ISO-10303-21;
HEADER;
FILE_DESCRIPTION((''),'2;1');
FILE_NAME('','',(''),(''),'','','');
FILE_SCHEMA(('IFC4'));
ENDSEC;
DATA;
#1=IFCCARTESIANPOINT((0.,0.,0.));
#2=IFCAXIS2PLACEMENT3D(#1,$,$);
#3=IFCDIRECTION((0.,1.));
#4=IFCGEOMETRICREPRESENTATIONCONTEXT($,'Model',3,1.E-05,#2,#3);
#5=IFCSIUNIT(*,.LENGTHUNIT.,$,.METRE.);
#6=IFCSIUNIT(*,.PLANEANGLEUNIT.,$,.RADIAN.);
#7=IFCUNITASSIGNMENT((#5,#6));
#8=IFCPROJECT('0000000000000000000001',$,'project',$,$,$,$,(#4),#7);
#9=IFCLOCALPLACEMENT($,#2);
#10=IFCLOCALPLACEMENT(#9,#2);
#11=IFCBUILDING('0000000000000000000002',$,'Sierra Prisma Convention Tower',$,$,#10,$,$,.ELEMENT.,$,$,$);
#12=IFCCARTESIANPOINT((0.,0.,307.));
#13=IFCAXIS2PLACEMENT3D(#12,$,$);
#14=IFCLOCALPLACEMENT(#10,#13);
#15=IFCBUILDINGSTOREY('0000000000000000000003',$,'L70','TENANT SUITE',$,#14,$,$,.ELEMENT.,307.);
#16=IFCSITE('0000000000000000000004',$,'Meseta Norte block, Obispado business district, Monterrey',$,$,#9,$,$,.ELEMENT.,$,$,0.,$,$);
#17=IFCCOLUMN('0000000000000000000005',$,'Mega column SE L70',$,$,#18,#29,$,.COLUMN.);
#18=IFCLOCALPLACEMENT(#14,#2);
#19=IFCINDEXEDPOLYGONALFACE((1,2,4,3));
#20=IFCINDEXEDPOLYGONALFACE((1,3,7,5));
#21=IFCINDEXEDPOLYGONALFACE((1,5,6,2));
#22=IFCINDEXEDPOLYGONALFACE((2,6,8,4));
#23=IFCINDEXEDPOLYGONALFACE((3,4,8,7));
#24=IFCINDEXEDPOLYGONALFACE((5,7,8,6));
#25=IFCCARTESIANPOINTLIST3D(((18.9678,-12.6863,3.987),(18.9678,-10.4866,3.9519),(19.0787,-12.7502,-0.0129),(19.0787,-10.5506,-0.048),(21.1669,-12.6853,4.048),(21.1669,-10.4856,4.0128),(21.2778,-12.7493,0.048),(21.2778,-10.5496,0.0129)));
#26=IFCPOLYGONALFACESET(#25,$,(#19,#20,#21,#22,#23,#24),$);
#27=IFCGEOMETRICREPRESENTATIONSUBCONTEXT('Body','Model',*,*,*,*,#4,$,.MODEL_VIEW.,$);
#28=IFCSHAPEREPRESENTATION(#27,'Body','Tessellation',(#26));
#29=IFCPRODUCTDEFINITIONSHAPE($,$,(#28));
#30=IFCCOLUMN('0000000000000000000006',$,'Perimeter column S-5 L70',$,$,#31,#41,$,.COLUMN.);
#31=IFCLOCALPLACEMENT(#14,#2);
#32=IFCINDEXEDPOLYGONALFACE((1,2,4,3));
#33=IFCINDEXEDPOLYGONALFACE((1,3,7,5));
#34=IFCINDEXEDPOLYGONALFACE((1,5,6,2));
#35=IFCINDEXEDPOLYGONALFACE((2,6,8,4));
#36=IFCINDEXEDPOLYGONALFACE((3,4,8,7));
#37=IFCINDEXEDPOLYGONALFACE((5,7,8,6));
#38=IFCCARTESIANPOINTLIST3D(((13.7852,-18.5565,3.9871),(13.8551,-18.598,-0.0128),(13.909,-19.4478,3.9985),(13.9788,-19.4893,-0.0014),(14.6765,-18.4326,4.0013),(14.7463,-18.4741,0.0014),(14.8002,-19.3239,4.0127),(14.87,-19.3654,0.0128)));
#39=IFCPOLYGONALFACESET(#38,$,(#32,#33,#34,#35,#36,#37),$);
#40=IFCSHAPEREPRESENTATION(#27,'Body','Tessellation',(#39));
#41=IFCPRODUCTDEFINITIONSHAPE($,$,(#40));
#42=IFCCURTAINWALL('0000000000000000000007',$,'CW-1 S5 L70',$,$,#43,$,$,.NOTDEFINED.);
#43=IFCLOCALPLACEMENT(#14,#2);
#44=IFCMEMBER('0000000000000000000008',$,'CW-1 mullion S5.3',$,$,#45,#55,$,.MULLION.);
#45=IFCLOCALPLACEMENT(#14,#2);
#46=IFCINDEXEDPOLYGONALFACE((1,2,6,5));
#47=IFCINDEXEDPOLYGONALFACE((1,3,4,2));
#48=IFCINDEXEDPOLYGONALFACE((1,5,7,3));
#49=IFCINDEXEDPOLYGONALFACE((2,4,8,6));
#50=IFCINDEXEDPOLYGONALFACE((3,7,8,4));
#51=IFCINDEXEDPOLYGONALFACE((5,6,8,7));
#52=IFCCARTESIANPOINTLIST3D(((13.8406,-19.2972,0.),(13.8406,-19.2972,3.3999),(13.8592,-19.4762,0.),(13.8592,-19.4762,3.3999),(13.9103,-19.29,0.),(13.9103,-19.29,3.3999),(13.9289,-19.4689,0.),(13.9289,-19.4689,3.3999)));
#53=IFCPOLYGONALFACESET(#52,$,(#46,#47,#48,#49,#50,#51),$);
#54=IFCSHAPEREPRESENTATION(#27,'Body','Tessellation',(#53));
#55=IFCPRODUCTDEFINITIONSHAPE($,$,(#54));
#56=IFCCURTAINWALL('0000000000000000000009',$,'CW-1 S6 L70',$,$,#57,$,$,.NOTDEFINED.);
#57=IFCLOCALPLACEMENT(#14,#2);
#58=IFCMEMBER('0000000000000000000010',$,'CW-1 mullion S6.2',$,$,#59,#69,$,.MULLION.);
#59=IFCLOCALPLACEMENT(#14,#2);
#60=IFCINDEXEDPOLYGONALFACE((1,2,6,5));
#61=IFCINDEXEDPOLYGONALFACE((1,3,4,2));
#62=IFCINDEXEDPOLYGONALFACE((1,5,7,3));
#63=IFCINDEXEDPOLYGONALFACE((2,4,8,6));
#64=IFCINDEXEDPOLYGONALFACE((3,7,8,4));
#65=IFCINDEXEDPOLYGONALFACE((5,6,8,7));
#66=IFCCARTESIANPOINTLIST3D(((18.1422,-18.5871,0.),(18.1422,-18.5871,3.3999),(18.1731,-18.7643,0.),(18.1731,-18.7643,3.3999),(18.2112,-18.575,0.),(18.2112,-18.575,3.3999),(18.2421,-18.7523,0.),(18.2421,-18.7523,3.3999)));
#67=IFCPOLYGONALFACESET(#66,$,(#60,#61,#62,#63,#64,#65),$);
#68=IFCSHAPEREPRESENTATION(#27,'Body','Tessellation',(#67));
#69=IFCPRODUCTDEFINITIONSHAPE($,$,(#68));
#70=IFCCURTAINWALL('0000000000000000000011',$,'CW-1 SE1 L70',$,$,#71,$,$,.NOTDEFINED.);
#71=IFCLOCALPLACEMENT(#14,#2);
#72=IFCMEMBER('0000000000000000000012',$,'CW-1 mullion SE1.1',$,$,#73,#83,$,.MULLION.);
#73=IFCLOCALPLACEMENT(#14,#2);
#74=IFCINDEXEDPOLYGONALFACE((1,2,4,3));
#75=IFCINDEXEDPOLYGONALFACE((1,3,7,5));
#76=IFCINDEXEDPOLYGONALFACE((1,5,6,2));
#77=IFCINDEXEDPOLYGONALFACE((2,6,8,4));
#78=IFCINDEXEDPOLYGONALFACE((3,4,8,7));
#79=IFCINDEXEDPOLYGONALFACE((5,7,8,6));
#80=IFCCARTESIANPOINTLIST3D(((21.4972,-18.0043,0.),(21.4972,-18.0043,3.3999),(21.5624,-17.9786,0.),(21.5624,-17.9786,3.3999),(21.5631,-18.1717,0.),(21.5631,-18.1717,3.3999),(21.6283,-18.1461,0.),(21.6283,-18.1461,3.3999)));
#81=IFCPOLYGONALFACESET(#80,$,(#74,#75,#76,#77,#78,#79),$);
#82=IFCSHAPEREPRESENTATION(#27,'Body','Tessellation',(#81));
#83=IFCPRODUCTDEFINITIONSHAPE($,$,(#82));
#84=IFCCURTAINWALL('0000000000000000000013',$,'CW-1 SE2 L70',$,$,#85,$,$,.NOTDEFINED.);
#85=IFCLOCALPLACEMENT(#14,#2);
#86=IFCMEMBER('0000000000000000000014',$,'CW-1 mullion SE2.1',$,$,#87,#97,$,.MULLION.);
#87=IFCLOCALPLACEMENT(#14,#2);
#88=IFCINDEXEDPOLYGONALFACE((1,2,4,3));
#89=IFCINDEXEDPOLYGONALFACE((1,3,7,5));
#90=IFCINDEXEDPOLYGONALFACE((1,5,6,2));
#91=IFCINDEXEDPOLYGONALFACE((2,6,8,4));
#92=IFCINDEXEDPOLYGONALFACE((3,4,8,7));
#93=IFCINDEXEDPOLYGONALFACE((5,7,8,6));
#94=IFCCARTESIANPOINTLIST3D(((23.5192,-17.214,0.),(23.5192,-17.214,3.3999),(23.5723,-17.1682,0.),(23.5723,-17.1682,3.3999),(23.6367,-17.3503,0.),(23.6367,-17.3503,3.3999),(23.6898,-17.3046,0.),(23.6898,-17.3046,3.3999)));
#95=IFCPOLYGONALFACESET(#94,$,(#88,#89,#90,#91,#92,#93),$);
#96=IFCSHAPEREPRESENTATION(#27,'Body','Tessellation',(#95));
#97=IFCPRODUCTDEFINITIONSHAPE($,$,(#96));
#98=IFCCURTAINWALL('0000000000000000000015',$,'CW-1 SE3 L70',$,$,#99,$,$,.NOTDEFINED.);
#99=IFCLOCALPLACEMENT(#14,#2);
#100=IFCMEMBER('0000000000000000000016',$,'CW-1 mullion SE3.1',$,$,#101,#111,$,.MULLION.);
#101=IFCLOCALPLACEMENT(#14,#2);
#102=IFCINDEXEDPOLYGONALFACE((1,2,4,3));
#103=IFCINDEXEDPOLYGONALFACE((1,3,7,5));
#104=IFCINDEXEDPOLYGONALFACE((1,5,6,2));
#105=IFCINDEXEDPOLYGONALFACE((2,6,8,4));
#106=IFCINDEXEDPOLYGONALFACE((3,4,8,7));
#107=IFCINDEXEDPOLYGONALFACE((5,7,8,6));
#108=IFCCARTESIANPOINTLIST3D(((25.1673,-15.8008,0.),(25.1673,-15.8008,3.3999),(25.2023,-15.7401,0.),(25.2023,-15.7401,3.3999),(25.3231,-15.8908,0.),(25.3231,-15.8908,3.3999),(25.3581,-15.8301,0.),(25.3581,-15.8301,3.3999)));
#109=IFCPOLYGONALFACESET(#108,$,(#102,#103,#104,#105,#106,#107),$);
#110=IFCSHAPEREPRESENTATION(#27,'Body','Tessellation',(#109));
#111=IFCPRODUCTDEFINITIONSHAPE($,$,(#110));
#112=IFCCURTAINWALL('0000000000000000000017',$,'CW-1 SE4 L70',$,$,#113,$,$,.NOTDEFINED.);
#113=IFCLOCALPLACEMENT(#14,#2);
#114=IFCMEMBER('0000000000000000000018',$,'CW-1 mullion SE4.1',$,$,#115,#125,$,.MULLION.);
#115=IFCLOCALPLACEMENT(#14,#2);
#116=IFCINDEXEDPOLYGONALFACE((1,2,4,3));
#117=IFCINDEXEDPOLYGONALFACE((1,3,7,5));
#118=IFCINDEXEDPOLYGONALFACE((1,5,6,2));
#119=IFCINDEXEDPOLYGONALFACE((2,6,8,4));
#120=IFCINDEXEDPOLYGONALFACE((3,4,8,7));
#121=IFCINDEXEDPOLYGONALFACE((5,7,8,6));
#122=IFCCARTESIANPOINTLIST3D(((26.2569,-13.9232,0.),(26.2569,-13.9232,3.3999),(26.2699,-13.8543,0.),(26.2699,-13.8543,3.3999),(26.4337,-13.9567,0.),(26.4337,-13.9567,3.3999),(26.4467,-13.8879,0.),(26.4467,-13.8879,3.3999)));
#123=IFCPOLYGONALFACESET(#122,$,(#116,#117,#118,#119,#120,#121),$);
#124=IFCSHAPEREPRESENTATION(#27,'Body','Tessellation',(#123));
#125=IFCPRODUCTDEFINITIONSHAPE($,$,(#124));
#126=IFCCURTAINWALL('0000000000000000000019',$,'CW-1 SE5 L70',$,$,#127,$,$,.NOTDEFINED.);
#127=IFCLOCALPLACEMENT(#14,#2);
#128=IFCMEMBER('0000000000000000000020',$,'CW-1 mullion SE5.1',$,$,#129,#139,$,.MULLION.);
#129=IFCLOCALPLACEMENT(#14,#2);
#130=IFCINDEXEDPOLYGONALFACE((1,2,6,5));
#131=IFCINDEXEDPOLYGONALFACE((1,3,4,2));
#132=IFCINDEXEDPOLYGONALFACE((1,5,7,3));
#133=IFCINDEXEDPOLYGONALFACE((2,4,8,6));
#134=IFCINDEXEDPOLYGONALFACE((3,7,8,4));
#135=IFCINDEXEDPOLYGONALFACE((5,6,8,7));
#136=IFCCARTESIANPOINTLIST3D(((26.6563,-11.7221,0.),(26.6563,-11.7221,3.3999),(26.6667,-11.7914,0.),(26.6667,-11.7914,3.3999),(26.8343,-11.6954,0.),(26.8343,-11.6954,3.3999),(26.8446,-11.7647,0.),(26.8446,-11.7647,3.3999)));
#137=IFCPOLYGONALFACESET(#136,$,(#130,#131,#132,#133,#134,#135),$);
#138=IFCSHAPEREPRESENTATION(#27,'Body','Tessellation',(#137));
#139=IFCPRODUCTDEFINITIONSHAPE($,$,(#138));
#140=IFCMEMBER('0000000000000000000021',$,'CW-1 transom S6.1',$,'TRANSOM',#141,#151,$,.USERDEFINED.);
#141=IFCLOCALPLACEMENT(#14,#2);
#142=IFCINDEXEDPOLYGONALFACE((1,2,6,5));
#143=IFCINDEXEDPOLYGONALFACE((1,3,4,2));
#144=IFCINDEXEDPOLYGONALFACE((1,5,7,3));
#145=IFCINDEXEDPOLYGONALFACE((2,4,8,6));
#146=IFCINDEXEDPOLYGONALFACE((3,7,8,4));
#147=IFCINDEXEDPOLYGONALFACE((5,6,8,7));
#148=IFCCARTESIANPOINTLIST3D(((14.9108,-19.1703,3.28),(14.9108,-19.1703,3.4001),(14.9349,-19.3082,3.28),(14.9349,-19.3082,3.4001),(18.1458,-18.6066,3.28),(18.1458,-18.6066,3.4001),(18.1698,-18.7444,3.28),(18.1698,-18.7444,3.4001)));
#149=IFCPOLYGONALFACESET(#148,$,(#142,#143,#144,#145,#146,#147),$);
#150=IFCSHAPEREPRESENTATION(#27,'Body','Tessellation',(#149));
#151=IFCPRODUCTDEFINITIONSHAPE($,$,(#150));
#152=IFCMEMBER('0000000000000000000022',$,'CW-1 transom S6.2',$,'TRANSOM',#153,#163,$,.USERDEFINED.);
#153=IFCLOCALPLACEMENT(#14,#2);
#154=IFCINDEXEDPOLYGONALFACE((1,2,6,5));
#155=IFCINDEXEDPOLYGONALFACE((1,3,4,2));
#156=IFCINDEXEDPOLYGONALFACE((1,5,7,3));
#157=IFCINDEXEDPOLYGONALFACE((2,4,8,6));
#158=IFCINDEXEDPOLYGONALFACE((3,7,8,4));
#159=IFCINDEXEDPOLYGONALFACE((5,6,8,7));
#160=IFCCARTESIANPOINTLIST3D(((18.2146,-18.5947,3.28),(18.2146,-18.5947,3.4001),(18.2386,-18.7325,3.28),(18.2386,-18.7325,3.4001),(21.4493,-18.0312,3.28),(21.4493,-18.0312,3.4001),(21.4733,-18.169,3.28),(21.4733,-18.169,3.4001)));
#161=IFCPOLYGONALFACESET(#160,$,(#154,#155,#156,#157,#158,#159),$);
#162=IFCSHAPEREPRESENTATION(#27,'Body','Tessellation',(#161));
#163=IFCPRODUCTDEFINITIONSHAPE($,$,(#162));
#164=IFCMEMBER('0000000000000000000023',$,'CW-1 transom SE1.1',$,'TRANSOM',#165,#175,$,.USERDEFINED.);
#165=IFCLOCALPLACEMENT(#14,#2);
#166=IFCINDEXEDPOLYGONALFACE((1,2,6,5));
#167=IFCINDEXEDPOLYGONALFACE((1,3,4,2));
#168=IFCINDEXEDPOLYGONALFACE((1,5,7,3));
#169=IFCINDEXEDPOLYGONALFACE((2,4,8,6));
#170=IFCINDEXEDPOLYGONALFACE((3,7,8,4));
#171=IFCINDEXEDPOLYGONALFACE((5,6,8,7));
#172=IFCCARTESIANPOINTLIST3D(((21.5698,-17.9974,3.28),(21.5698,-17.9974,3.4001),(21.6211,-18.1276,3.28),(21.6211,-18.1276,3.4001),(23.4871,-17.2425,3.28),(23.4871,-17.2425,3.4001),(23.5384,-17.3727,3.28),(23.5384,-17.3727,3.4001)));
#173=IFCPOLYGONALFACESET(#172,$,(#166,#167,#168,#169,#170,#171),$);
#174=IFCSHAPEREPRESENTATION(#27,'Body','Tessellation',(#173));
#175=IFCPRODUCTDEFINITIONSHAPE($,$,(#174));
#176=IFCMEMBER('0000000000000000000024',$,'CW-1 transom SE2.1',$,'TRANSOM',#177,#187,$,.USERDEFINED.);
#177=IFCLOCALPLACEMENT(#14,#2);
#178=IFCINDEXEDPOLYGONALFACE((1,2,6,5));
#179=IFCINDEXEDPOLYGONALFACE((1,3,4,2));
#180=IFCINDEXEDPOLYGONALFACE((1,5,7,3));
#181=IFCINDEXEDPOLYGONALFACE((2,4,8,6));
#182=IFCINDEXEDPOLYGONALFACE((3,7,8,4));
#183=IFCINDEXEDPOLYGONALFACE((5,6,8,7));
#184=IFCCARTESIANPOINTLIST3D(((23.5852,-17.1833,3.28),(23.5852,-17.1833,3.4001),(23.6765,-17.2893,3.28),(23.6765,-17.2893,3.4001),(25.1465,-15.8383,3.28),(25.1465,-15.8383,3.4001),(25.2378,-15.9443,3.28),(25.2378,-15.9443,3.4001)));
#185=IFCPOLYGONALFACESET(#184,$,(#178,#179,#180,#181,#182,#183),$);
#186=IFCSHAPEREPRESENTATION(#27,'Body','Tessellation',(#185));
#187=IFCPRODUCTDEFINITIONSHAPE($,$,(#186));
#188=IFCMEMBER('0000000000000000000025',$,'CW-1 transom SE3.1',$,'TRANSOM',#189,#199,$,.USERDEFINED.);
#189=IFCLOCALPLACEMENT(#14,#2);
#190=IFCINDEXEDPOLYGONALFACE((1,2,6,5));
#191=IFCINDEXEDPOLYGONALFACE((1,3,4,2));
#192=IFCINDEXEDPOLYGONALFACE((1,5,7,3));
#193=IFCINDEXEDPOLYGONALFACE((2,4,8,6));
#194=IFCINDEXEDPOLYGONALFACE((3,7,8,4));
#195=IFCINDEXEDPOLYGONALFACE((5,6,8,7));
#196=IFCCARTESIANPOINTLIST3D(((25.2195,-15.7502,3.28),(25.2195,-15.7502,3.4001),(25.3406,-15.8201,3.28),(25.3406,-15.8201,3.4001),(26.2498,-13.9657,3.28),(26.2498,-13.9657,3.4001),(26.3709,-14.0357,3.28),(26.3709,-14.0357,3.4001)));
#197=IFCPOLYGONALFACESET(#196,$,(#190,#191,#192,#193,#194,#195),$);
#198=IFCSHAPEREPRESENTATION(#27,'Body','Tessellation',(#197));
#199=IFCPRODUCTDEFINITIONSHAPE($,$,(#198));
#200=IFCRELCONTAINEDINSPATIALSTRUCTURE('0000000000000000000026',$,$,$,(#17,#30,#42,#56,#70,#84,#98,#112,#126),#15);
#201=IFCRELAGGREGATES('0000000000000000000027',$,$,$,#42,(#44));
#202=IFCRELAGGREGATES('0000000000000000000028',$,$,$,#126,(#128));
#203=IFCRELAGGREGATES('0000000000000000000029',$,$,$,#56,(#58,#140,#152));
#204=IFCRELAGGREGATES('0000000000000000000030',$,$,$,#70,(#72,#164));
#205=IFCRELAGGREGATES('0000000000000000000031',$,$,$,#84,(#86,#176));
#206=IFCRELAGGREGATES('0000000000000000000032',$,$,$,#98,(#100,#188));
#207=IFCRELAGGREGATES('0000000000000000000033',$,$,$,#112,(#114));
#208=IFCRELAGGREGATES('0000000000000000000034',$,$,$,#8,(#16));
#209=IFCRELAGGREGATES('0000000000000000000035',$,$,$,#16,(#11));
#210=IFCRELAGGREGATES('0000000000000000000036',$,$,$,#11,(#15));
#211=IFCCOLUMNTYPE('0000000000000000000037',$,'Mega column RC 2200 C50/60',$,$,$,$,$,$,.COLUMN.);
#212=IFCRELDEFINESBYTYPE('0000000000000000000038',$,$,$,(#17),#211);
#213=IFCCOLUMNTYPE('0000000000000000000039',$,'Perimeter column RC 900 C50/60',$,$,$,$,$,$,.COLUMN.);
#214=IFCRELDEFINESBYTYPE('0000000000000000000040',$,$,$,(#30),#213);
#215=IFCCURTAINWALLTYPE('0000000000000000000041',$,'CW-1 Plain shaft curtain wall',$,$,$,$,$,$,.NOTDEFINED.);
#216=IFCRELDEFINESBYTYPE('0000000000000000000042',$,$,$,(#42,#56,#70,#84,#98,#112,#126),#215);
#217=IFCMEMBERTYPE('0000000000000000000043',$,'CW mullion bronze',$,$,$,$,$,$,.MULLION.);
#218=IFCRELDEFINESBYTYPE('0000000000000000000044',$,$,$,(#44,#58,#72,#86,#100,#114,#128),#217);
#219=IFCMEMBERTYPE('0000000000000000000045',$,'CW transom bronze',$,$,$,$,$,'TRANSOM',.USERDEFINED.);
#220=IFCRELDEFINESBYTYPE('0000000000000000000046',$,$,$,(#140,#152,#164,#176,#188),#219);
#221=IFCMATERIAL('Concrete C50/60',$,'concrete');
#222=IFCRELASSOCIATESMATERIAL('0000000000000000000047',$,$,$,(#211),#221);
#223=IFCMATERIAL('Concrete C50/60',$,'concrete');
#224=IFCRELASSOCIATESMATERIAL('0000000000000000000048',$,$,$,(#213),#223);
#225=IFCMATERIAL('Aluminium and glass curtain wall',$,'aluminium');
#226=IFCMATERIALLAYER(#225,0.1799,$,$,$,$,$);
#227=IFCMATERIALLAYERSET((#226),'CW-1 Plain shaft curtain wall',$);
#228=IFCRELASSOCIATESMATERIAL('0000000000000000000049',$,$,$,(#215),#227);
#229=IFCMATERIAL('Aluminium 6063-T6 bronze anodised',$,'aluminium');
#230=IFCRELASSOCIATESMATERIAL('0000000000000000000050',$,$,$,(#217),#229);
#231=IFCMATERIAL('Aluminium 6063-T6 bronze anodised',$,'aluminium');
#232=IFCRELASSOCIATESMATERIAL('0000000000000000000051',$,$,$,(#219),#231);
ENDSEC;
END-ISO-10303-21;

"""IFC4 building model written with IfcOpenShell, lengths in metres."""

from ifc_helpers import new_model, si_unit, direction, frame, origin, origin_2d, place, context, subcontext, project, spatial, rectangle, extrude, material, layer, layer_set, material_profile, profile_set, type_object, element, aggregate, save


model = new_model("IFC4")

# Units and contexts
model_context = context("Model", 3, precision=1e-05, world=origin(), true_north=direction((0.0, 1.0)))
body_context = subcontext(model_context, "Body", "Model", "MODEL_VIEW")
ifc_project = project(units=[si_unit("LENGTHUNIT", "METRE"), si_unit("PLANEANGLEUNIT", "RADIAN")], contexts=[model_context])

# Site, building, storey
site_placement = place(None, origin())
site = spatial("IfcSite", under=ifc_project, at=site_placement, Name="Meseta Norte block, Obispado business district, Monterrey", CompositionType="ELEMENT", RefElevation=0.0)
building_placement = place(site_placement, origin())
building = spatial("IfcBuilding", under=site, at=building_placement, Name="Sierra Prisma Convention Tower", CompositionType="ELEMENT")
storey_placement = place(building_placement, frame((0.0, 0.0, 307.0)))
storey = spatial("IfcBuildingStorey", under=building, at=storey_placement, Name="L70", Description="TENANT SUITE", CompositionType="ELEMENT", Elevation=307.0)

# Columns
ifc_material_1 = material(Name="Concrete C50/60", Category="concrete")
ifc_material_profile_1 = material_profile(ifc_material_1, rectangle(XDim=2.2, YDim=2.2, at=origin_2d()), Name="Mega column RC 2200 C50/60")
ifc_profile_set_1 = profile_set([ifc_material_profile_1], Name="Concrete C50/60")
column_type_1 = type_object("IfcColumnType", Name="Mega column RC 2200 C50/60", PredefinedType="COLUMN", material=ifc_profile_set_1)
column_1_placement = place(storey_placement, frame((20.1782, -11.6499, 0.0), z_axis=(-0.027696, 0.015983, 0.999489), x_axis=(0.999616, 0.000443, 0.027692)))
element("IfcColumn", 1, at=column_1_placement, inside=storey, type_object=column_type_1, Name="Mega column SE L70", PredefinedType="COLUMN", context=body_context, shape_type="SweptSolid", body=[
    extrude(rectangle(XDim=2.2, YDim=2.2, at=origin_2d()), origin(), (0.0, 0.0, 1.0), 4.002),
])
ifc_material_2 = material(Name="Concrete C50/60", Category="concrete")
ifc_material_profile_2 = material_profile(ifc_material_2, rectangle(XDim=0.8999, YDim=0.8999, at=origin_2d()), Name="Perimeter column RC 900 C50/60")
ifc_profile_set_2 = profile_set([ifc_material_profile_2], Name="Concrete C50/60")
column_type_2 = type_object("IfcColumnType", Name="Perimeter column RC 900 C50/60", PredefinedType="COLUMN", material=ifc_profile_set_2)
column_2_placement = place(storey_placement, frame((14.3625, -18.9817, 0.0), z_axis=(-0.017452, 0.010374, 0.999794), x_axis=(0.990344, 0.137724, 0.015858)))
element("IfcColumn", 2, at=column_2_placement, inside=storey, type_object=column_type_2, Name="Perimeter column S-5 L70", PredefinedType="COLUMN", context=body_context, shape_type="SweptSolid", body=[
    extrude(rectangle(XDim=0.8999, YDim=0.8999, at=origin_2d()), origin(), (0.0, 0.0, 1.0), 4.0007),
])

# Curtain walls, members
ifc_material_3 = material(Name="Aluminium and glass curtain wall", Category="aluminium")
ifc_layer_1 = layer(ifc_material_3, 0.1799)
ifc_layer_set_1 = layer_set([ifc_layer_1], Name="CW-1 Plain shaft curtain wall")
curtain_wall_type = type_object("IfcCurtainWallType", Name="CW-1 Plain shaft curtain wall", PredefinedType="NOTDEFINED", material=ifc_layer_set_1)
curtain_wall_1_placement = place(storey_placement, origin())
curtain_wall_1 = element("IfcCurtainWall", 3, at=curtain_wall_1_placement, inside=storey, type_object=curtain_wall_type, Name="CW-1 S5 L70", PredefinedType="NOTDEFINED")
ifc_material_4 = material(Name="Aluminium 6063-T6 bronze anodised", Category="aluminium")
ifc_material_profile_3 = material_profile(ifc_material_4, rectangle(XDim=0.1799, YDim=0.0701, at=origin_2d()), Name="ALU MULLION 70x180")
ifc_profile_set_3 = profile_set([ifc_material_profile_3], Name="Aluminium 6063-T6 bronze anodised")
member_type_1 = type_object("IfcMemberType", Name="CW mullion bronze", PredefinedType="MULLION", material=ifc_profile_set_3)
member_1_placement = place(storey_placement, frame((13.8848, -19.3831, 0.0), z_axis=(0.0, 0.0, 1.0), x_axis=(-0.103308, 0.994649, 0.0)))
member_1 = element("IfcMember", 4, at=member_1_placement, type_object=member_type_1, Name="CW-1 mullion S5.3", PredefinedType="MULLION", context=body_context, shape_type="SweptSolid", body=[
    extrude(rectangle(XDim=0.1799, YDim=0.0701, at=origin_2d()), origin(), (0.0, 0.0, 1.0), 3.3999),
])
aggregate(curtain_wall_1, [member_1])
curtain_wall_2_placement = place(storey_placement, origin())
curtain_wall_2 = element("IfcCurtainWall", 5, at=curtain_wall_2_placement, inside=storey, type_object=curtain_wall_type, Name="CW-1 S6 L70", PredefinedType="NOTDEFINED")
member_2_placement = place(storey_placement, frame((18.1921, -18.6697, 0.0), z_axis=(0.0, 0.0, 1.0), x_axis=(-0.171633, 0.985161, 0.0)))
member_2 = element("IfcMember", 6, at=member_2_placement, type_object=member_type_1, Name="CW-1 mullion S6.2", PredefinedType="MULLION", context=body_context, shape_type="SweptSolid", body=[
    extrude(rectangle(XDim=0.1799, YDim=0.0701, at=origin_2d()), origin(), (0.0, 0.0, 1.0), 3.3999),
])
curtain_wall_3_placement = place(storey_placement, origin())
curtain_wall_3 = element("IfcCurtainWall", 7, at=curtain_wall_3_placement, inside=storey, type_object=curtain_wall_type, Name="CW-1 SE1 L70", PredefinedType="NOTDEFINED")
member_3_placement = place(storey_placement, frame((21.5627, -18.0752, 0.0), z_axis=(0.0, 0.0, 1.0), x_axis=(-0.366298, 0.930498, 0.0)))
member_3 = element("IfcMember", 8, at=member_3_placement, type_object=member_type_1, Name="CW-1 mullion SE1.1", PredefinedType="MULLION", context=body_context, shape_type="SweptSolid", body=[
    extrude(rectangle(XDim=0.1799, YDim=0.0701, at=origin_2d()), origin(), (0.0, 0.0, 1.0), 3.3999),
])
curtain_wall_4_placement = place(storey_placement, origin())
curtain_wall_4 = element("IfcCurtainWall", 9, at=curtain_wall_4_placement, inside=storey, type_object=curtain_wall_type, Name="CW-1 SE2 L70", PredefinedType="NOTDEFINED")
member_4_placement = place(storey_placement, frame((23.6045, -17.2593, 0.0), z_axis=(0.0, 0.0, 1.0), x_axis=(-0.652677, 0.757636, 0.0)))
member_4 = element("IfcMember", 10, at=member_4_placement, type_object=member_type_1, Name="CW-1 mullion SE2.1", PredefinedType="MULLION", context=body_context, shape_type="SweptSolid", body=[
    extrude(rectangle(XDim=0.1799, YDim=0.0701, at=origin_2d()), origin(), (0.0, 0.0, 1.0), 3.3999),
])
curtain_wall_5_placement = place(storey_placement, origin())
curtain_wall_5 = element("IfcCurtainWall", 11, at=curtain_wall_5_placement, inside=storey, type_object=curtain_wall_type, Name="CW-1 SE3 L70", PredefinedType="NOTDEFINED")
member_5_placement = place(storey_placement, frame((25.2627, -15.8154, 0.0), z_axis=(0.0, 0.0, 1.0), x_axis=(-0.866025, 0.5, 0.0)))
member_5 = element("IfcMember", 12, at=member_5_placement, type_object=member_type_1, Name="CW-1 mullion SE3.1", PredefinedType="MULLION", context=body_context, shape_type="SweptSolid", body=[
    extrude(rectangle(XDim=0.1799, YDim=0.0701, at=origin_2d()), origin(), (0.0, 0.0, 1.0), 3.3999),
])
curtain_wall_6_placement = place(storey_placement, origin())
curtain_wall_6 = element("IfcCurtainWall", 13, at=curtain_wall_6_placement, inside=storey, type_object=curtain_wall_type, Name="CW-1 SE4 L70", PredefinedType="NOTDEFINED")
member_6_placement = place(storey_placement, frame((26.3518, -13.9055, 0.0), z_axis=(0.0, 0.0, 1.0), x_axis=(-0.982471, 0.186417, 0.0)))
member_6 = element("IfcMember", 14, at=member_6_placement, type_object=member_type_1, Name="CW-1 mullion SE4.1", PredefinedType="MULLION", context=body_context, shape_type="SweptSolid", body=[
    extrude(rectangle(XDim=0.1799, YDim=0.0701, at=origin_2d()), origin(), (0.0, 0.0, 1.0), 3.3999),
])
curtain_wall_7_placement = place(storey_placement, origin())
curtain_wall_7 = element("IfcCurtainWall", 15, at=curtain_wall_7_placement, inside=storey, type_object=curtain_wall_type, Name="CW-1 SE5 L70", PredefinedType="NOTDEFINED")
member_7_placement = place(storey_placement, frame((26.7505, -11.7434, 0.0), z_axis=(0.0, 0.0, 1.0), x_axis=(-0.988984, -0.148026, 0.0)))
member_7 = element("IfcMember", 16, at=member_7_placement, type_object=member_type_1, Name="CW-1 mullion SE5.1", PredefinedType="MULLION", context=body_context, shape_type="SweptSolid", body=[
    extrude(rectangle(XDim=0.1799, YDim=0.0701, at=origin_2d()), origin(), (0.0, 0.0, 1.0), 3.3999),
])

# Members
ifc_material_5 = material(Name="Aluminium 6063-T6 bronze anodised", Category="aluminium")
ifc_material_profile_4 = material_profile(ifc_material_5, rectangle(XDim=0.1399, YDim=0.1201, at=origin_2d()), Name="ALU TRANSOM 120x140")
ifc_profile_set_4 = profile_set([ifc_material_profile_4], Name="Aluminium 6063-T6 bronze anodised")
member_type_2 = type_object("IfcMemberType", Name="CW transom bronze", ElementType="TRANSOM", PredefinedType="USERDEFINED", material=ifc_profile_set_4)
member_8_placement = place(storey_placement, frame((14.9229, -19.2393, 3.3401), z_axis=(0.985153, 0.171677, 0.0), x_axis=(-0.171677, 0.985153, 0.0)))
member_8 = element("IfcMember", 17, at=member_8_placement, type_object=member_type_2, Name="CW-1 transom S6.1", ObjectType="TRANSOM", PredefinedType="USERDEFINED", context=body_context, shape_type="SweptSolid", body=[
    extrude(rectangle(XDim=0.1399, YDim=0.1201, at=origin_2d()), origin(), (0.0, 0.0, 1.0), 3.2837),
])
member_9_placement = place(storey_placement, frame((18.2266, -18.6636, 3.3401), z_axis=(0.985164, 0.171617, 0.0), x_axis=(-0.171617, 0.985164, 0.0)))
member_9 = element("IfcMember", 18, at=member_9_placement, type_object=member_type_2, Name="CW-1 transom S6.2", ObjectType="TRANSOM", PredefinedType="USERDEFINED", context=body_context, shape_type="SweptSolid", body=[
    extrude(rectangle(XDim=0.1399, YDim=0.1201, at=origin_2d()), origin(), (0.0, 0.0, 1.0), 3.2834),
])
member_10_placement = place(storey_placement, frame((21.5955, -18.0625, 3.3401), z_axis=(0.930473, 0.36636, 0.0), x_axis=(-0.36636, 0.930473, 0.0)))
member_10 = element("IfcMember", 19, at=member_10_placement, type_object=member_type_2, Name="CW-1 transom SE1.1", ObjectType="TRANSOM", PredefinedType="USERDEFINED", context=body_context, shape_type="SweptSolid", body=[
    extrude(rectangle(XDim=0.1399, YDim=0.1201, at=origin_2d()), origin(), (0.0, 0.0, 1.0), 2.0605),
])
member_11_placement = place(storey_placement, frame((23.6309, -17.2363, 3.3401), z_axis=(0.75764, 0.652672, 0.0), x_axis=(-0.652672, 0.75764, 0.0)))
member_11 = element("IfcMember", 20, at=member_11_placement, type_object=member_type_2, Name="CW-1 transom SE2.1", ObjectType="TRANSOM", PredefinedType="USERDEFINED", context=body_context, shape_type="SweptSolid", body=[
    extrude(rectangle(XDim=0.1399, YDim=0.1201, at=origin_2d()), origin(), (0.0, 0.0, 1.0), 2.0608),
])
member_12_placement = place(storey_placement, frame((25.28, -15.7852, 3.3401), z_axis=(0.500013, 0.866018, 0.0), x_axis=(-0.866018, 0.500013, 0.0)))
member_12 = element("IfcMember", 21, at=member_12_placement, type_object=member_type_2, Name="CW-1 transom SE3.1", ObjectType="TRANSOM", PredefinedType="USERDEFINED", context=body_context, shape_type="SweptSolid", body=[
    extrude(rectangle(XDim=0.1399, YDim=0.1201, at=origin_2d()), origin(), (0.0, 0.0, 1.0), 2.0605),
])
aggregate(curtain_wall_7, [member_7])

aggregate(curtain_wall_2, [member_2, member_8, member_9])
aggregate(curtain_wall_3, [member_3, member_10])
aggregate(curtain_wall_4, [member_4, member_11])
aggregate(curtain_wall_5, [member_5, member_12])
aggregate(curtain_wall_6, [member_6])

save(model, "model.ifc")
